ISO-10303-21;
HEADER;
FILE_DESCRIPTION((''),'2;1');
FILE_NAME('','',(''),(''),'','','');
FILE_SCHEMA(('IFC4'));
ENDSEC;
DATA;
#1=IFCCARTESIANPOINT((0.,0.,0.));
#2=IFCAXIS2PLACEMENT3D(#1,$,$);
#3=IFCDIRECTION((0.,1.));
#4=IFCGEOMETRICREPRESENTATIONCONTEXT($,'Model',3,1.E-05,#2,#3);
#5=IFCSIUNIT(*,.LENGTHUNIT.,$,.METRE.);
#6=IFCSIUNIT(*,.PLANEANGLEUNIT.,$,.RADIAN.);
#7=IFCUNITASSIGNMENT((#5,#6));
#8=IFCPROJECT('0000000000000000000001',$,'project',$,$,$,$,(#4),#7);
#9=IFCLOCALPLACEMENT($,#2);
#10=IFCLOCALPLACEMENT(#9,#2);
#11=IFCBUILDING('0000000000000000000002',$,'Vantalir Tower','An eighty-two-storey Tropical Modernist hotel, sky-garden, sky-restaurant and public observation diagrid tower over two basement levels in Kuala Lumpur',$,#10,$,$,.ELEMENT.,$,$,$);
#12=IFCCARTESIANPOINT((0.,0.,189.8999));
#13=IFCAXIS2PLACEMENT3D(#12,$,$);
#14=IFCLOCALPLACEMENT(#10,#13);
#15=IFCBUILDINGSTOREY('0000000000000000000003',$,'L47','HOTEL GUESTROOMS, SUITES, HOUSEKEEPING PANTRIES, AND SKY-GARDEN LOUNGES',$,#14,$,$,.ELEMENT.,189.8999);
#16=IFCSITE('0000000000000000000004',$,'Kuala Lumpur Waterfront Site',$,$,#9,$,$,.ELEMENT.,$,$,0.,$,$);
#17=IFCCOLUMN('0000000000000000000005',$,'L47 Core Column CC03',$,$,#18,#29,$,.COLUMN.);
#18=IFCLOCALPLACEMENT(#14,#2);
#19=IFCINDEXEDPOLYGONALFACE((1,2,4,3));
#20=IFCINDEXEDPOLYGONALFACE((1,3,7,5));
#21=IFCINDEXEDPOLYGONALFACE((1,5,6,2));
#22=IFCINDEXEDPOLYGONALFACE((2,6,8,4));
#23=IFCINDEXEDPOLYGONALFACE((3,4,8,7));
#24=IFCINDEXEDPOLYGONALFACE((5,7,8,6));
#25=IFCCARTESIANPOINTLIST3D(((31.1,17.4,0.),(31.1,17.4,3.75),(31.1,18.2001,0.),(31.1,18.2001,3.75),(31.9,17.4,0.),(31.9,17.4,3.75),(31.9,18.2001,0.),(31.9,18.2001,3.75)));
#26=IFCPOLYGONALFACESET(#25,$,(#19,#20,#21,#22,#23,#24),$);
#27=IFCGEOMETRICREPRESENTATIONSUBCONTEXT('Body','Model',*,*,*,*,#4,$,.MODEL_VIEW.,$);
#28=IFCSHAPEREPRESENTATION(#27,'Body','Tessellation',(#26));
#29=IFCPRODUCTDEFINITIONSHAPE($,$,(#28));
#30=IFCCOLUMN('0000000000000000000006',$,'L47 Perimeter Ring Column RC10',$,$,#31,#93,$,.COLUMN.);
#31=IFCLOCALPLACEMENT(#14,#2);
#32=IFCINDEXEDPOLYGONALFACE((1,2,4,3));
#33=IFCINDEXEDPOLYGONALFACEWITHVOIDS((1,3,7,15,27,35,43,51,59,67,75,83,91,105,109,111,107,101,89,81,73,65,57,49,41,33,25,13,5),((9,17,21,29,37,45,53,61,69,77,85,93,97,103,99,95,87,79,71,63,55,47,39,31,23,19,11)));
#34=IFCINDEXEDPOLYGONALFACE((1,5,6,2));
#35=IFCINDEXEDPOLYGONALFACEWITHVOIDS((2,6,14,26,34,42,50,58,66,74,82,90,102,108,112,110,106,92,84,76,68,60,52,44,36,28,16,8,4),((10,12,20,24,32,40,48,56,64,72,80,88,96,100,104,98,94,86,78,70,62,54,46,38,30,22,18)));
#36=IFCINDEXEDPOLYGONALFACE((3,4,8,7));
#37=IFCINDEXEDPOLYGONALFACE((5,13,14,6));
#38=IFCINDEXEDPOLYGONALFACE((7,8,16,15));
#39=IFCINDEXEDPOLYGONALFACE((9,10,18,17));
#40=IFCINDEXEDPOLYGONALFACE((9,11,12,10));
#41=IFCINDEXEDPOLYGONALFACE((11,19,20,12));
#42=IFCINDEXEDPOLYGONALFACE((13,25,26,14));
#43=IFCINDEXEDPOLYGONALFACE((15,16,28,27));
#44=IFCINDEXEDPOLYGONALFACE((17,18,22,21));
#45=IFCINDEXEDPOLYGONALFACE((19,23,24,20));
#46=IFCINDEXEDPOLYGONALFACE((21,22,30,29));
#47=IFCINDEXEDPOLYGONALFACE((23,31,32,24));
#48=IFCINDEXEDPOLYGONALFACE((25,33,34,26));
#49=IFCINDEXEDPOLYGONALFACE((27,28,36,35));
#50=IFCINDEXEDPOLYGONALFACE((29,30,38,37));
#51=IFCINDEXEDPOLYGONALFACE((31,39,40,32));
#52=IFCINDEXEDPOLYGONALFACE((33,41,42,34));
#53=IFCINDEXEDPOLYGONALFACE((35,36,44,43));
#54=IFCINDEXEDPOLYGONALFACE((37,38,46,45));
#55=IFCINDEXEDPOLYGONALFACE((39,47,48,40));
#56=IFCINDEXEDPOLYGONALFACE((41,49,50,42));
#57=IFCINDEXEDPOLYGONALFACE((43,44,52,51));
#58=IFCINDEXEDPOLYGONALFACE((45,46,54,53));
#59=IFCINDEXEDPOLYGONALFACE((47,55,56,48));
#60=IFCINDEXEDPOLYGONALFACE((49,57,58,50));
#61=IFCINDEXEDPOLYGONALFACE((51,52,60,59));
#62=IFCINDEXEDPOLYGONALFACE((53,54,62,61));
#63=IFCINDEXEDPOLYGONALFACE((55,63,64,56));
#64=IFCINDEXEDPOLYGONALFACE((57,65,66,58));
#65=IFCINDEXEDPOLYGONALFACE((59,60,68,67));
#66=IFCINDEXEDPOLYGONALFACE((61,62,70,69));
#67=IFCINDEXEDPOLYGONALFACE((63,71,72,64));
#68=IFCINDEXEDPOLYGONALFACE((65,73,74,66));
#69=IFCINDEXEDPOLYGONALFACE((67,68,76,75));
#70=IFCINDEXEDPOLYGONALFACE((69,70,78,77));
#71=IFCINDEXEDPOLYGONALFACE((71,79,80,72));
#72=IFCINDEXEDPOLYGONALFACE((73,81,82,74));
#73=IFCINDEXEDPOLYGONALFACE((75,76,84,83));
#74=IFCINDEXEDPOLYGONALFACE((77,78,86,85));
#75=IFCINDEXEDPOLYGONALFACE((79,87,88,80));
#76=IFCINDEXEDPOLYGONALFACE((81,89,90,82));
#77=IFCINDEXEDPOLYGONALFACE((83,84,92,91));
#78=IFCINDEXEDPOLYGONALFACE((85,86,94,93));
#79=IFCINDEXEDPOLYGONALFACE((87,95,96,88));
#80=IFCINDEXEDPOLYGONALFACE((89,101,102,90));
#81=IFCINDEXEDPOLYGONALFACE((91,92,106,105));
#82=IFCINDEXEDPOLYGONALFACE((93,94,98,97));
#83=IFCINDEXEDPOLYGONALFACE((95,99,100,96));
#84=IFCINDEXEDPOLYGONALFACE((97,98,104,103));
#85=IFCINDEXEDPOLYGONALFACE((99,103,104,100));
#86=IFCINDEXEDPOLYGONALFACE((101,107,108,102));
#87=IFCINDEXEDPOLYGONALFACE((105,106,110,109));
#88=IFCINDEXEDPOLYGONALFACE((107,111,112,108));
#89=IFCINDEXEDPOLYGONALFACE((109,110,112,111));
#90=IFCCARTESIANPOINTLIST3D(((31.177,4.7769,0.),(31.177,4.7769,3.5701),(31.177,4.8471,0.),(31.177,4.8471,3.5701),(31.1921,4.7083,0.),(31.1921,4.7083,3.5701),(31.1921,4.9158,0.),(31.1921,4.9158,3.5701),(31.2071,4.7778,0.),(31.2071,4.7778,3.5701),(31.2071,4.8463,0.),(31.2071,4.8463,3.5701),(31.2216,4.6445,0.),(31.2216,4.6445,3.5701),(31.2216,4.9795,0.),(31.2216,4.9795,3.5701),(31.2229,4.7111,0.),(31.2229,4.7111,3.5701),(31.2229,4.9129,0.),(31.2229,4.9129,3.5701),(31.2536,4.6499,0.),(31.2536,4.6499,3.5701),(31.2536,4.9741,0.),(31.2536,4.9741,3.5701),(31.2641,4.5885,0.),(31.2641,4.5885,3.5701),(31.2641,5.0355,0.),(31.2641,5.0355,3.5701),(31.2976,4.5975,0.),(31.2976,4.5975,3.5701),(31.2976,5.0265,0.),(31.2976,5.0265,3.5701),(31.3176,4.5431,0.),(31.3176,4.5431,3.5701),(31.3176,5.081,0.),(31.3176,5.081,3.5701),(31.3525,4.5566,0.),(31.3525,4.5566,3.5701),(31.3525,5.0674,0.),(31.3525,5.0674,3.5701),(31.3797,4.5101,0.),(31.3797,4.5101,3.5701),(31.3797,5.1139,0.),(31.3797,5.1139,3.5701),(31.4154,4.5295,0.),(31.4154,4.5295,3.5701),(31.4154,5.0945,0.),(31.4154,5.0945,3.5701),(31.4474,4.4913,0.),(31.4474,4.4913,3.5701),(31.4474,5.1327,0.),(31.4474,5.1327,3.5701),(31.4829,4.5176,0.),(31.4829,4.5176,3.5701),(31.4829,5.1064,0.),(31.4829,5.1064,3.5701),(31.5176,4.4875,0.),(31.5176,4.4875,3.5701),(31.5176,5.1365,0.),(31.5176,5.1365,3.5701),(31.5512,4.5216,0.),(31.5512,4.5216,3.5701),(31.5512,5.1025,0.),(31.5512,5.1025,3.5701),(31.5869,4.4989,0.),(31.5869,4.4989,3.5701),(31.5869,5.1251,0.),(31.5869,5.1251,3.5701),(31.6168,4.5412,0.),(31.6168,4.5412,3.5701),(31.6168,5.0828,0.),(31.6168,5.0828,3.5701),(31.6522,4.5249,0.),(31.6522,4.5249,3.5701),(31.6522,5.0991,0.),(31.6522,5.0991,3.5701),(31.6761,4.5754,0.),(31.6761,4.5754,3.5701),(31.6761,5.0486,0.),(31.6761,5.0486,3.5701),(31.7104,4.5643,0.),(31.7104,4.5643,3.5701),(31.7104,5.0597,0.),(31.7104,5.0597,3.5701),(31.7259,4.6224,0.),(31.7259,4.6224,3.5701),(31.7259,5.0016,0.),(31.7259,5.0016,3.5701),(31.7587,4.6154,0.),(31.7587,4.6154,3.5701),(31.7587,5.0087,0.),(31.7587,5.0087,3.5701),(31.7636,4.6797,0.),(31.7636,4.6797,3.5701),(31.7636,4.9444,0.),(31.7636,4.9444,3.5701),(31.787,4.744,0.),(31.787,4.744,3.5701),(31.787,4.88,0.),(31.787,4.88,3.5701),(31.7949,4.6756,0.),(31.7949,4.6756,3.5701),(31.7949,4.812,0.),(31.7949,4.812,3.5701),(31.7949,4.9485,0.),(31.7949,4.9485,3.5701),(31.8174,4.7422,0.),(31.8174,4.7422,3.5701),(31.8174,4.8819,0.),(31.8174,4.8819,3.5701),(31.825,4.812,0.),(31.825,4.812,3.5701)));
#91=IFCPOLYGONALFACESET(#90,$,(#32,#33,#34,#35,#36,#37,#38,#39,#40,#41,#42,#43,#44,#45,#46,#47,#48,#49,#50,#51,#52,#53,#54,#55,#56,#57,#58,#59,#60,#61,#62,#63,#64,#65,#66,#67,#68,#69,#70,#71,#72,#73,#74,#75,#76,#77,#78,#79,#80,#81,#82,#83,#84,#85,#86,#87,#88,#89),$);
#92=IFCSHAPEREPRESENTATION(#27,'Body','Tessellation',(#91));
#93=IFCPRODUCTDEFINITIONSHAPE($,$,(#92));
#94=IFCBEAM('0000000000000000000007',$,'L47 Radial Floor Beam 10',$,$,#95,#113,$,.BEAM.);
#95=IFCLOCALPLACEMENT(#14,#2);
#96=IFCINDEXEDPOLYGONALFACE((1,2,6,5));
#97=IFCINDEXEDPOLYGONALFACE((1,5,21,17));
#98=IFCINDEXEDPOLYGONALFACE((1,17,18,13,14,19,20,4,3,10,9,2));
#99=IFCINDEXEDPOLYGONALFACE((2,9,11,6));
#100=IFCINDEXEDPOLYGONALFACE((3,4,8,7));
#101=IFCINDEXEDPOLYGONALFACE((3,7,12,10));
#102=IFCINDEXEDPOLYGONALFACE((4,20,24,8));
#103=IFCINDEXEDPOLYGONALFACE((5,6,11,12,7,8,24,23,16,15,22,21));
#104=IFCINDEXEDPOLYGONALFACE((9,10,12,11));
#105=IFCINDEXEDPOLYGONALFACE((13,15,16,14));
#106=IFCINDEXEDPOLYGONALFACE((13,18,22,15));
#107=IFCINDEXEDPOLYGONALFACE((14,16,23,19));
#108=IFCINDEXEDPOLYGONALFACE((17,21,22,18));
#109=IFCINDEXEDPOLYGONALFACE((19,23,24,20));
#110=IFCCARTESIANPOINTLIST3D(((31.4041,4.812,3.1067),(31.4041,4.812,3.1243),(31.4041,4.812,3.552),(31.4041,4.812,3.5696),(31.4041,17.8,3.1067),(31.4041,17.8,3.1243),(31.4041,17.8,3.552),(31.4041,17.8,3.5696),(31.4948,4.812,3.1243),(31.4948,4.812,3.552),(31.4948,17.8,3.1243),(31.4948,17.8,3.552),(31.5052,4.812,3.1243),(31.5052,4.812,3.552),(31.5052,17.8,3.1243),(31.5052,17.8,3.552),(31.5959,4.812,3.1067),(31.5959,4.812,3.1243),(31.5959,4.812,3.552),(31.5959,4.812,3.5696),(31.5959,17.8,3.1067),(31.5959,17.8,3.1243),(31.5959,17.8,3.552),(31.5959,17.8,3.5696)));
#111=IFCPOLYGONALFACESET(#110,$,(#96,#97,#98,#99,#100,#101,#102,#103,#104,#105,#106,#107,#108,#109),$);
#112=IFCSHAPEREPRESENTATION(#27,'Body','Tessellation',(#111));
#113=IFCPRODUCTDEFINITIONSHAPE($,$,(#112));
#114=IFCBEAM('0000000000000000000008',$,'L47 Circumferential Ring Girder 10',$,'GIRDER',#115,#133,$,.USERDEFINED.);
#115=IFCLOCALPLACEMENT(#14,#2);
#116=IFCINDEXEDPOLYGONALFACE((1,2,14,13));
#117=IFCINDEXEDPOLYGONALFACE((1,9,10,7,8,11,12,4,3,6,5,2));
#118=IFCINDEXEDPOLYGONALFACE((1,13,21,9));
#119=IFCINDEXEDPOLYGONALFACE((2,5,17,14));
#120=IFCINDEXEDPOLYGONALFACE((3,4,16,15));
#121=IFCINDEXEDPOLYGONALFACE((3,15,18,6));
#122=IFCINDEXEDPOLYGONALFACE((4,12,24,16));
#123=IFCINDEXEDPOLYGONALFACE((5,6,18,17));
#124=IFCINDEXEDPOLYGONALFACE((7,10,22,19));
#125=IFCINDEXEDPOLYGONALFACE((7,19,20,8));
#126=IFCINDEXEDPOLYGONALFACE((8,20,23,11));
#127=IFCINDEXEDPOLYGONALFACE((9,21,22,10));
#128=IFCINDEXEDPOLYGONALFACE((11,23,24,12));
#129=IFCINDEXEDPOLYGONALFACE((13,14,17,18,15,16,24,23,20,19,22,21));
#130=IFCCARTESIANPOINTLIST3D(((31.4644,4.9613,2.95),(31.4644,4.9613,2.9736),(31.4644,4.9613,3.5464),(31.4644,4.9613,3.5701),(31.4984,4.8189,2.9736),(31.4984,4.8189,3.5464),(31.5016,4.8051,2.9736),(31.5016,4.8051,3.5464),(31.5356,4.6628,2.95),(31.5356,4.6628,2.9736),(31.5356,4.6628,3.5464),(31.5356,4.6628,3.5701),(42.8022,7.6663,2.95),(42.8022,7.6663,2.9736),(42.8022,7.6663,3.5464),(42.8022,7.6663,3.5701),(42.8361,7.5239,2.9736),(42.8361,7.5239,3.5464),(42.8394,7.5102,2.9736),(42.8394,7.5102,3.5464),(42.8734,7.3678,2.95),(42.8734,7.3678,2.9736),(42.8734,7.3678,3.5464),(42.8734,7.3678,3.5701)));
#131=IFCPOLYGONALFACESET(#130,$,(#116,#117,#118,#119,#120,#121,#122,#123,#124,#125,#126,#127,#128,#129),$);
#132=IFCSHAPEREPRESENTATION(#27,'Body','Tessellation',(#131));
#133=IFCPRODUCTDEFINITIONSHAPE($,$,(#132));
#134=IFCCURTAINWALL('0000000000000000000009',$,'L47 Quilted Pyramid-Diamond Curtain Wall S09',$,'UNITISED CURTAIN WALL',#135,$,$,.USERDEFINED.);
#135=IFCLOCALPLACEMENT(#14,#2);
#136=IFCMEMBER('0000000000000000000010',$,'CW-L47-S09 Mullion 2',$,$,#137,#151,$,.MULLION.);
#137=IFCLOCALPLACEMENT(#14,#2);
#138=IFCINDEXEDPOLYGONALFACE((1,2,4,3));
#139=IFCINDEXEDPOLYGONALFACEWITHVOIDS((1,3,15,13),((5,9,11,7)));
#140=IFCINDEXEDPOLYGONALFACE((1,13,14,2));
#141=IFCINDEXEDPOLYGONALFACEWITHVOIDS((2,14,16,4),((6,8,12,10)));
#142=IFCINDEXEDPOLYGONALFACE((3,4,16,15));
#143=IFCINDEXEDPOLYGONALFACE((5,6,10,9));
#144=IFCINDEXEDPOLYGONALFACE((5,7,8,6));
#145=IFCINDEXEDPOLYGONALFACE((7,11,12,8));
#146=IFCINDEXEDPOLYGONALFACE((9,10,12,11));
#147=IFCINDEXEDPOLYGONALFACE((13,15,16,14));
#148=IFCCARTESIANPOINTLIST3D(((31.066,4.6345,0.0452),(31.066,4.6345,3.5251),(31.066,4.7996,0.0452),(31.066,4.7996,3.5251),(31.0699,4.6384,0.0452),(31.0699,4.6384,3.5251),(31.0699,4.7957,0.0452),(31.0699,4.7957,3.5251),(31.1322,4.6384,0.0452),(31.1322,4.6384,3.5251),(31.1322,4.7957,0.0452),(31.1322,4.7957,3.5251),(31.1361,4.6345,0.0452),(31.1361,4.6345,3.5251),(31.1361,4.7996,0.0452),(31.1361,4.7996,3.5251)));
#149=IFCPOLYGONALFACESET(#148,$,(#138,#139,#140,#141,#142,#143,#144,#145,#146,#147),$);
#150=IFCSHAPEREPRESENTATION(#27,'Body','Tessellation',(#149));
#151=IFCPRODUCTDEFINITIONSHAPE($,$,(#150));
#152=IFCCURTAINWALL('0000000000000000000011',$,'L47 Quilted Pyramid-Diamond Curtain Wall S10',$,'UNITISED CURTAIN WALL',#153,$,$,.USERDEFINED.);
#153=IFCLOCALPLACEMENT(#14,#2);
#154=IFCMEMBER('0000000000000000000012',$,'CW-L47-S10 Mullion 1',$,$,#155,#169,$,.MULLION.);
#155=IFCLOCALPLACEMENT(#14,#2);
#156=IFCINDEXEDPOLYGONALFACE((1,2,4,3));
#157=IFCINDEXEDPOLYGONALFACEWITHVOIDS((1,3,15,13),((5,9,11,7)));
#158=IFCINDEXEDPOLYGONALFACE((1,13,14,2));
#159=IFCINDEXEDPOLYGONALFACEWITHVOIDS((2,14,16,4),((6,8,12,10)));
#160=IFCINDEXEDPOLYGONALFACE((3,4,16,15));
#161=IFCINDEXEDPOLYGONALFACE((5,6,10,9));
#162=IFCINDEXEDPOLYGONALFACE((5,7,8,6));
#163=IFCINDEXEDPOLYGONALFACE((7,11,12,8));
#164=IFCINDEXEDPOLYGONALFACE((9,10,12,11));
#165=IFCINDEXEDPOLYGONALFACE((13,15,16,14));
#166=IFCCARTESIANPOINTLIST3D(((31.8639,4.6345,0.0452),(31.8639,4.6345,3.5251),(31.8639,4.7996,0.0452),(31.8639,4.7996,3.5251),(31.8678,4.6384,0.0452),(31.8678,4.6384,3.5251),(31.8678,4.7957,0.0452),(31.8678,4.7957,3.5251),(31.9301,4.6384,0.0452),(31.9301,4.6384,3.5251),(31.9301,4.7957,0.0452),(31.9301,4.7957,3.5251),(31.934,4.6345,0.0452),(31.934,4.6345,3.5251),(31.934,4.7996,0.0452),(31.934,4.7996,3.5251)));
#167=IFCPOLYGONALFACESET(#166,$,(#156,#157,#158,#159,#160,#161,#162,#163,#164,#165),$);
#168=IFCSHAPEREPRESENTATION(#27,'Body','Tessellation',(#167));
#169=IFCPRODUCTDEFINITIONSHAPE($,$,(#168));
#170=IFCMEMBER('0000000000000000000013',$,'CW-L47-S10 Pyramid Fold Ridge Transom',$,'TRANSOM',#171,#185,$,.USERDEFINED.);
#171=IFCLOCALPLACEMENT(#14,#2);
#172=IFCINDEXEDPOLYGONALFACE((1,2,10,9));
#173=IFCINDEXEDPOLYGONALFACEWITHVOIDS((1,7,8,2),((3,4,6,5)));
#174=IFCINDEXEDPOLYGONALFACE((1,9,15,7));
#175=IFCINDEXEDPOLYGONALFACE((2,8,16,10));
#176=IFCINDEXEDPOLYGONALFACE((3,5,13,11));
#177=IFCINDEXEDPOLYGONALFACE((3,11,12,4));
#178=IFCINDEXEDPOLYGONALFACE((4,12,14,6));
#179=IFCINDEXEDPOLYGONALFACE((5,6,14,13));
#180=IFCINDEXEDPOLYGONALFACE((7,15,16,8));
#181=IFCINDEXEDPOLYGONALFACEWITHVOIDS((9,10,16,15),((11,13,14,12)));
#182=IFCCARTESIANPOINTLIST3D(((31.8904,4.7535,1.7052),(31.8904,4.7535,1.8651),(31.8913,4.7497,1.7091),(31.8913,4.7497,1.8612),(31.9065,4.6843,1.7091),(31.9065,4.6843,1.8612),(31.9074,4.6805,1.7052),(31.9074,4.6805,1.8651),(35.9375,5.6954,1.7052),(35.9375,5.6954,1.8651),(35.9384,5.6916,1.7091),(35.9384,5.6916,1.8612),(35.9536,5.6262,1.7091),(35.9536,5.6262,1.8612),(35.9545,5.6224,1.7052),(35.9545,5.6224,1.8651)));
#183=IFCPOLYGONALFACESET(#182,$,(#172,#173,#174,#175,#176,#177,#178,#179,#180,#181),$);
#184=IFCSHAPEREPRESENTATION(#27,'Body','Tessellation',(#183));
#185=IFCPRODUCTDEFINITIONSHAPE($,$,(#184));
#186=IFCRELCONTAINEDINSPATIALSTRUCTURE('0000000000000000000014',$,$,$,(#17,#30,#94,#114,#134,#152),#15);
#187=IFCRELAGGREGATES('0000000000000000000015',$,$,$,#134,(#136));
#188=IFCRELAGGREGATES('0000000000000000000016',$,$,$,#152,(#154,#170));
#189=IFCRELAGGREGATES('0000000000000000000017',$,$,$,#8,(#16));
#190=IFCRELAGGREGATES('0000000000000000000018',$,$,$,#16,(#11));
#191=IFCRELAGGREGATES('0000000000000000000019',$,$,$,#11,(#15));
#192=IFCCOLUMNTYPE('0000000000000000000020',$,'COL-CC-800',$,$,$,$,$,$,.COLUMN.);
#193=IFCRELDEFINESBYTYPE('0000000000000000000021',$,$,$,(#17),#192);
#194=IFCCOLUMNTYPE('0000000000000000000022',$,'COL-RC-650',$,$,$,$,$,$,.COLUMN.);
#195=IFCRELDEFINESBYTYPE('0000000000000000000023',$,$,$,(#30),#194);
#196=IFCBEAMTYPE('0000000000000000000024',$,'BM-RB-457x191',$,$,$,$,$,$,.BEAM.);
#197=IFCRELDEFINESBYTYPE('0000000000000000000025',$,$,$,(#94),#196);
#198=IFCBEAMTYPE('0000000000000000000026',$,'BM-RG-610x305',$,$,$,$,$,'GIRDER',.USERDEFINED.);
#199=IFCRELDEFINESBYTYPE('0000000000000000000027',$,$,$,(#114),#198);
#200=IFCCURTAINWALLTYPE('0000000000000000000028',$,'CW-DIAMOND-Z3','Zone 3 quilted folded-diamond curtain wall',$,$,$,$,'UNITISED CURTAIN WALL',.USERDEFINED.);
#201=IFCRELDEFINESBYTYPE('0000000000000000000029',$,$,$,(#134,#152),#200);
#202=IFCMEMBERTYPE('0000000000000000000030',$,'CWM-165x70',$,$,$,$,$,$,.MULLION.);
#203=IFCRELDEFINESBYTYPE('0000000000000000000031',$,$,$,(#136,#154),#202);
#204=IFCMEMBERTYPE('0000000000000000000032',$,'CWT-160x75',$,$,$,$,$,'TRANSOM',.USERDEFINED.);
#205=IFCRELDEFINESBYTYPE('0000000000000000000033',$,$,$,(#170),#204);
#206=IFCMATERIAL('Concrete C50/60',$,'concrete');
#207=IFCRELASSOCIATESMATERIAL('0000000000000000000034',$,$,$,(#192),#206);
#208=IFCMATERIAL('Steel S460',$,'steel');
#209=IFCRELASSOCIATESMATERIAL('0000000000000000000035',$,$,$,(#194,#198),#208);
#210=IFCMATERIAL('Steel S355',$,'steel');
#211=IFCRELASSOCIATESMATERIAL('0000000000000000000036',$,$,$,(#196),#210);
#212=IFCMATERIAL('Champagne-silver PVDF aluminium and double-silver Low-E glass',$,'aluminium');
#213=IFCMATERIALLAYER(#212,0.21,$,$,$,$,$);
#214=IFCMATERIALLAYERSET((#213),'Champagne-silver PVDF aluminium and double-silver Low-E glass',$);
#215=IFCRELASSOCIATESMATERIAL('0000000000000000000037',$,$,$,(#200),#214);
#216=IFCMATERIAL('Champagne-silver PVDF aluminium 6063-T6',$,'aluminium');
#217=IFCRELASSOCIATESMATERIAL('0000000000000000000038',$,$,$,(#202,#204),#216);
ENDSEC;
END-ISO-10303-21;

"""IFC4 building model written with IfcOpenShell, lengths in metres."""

from ifc_helpers import new_model, si_unit, direction, frame, origin, origin_2d, place, context, subcontext, project, spatial, rectangle, hollow_rectangle, hollow_circle, i_section, extrude, material, layer, layer_set, material_profile, profile_set, type_object, element, aggregate, save


model = new_model("IFC4")

# Units and contexts
model_context = context("Model", 3, precision=1e-05, world=origin(), true_north=direction((0.0, 1.0)))
body_context = subcontext(model_context, "Body", "Model", "MODEL_VIEW")
ifc_project = project(units=[si_unit("LENGTHUNIT", "METRE"), si_unit("PLANEANGLEUNIT", "RADIAN")], contexts=[model_context])

# Site, building, storey
site_placement = place(None, origin())
site = spatial("IfcSite", under=ifc_project, at=site_placement, Name="Kuala Lumpur Waterfront Site", CompositionType="ELEMENT", RefElevation=0.0)
building_placement = place(site_placement, origin())
building = spatial("IfcBuilding", under=site, at=building_placement, Name="Vantalir Tower", Description="An eighty-two-storey Tropical Modernist hotel, sky-garden, sky-restaurant and public observation diagrid tower over two basement levels in Kuala Lumpur", CompositionType="ELEMENT")
storey_placement = place(building_placement, frame((0.0, 0.0, 189.8999)))
storey = spatial("IfcBuildingStorey", under=building, at=storey_placement, Name="L47", Description="HOTEL GUESTROOMS, SUITES, HOUSEKEEPING PANTRIES, AND SKY-GARDEN LOUNGES", CompositionType="ELEMENT", Elevation=189.8999)

# Columns
ifc_material_1 = material(Name="Concrete C50/60", Category="concrete")
ifc_material_profile_1 = material_profile(ifc_material_1, rectangle(XDim=0.8, YDim=0.8, at=origin_2d()), Name="Concrete C50/60")
ifc_profile_set_1 = profile_set([ifc_material_profile_1], Name="Concrete C50/60")
column_type_1 = type_object("IfcColumnType", Name="COL-CC-800", PredefinedType="COLUMN", material=ifc_profile_set_1)
column_1_placement = place(storey_placement, frame((31.5, 17.8, 0.0), z_axis=(0.0, 0.0, 1.0), x_axis=(1.0, 0.0, 0.0)))
element("IfcColumn", 1, at=column_1_placement, inside=storey, type_object=column_type_1, Name="L47 Core Column CC03", PredefinedType="COLUMN", context=body_context, shape_type="SweptSolid", body=[
    extrude(rectangle(XDim=0.8, YDim=0.8, at=origin_2d()), origin(), (0.0, 0.0, 1.0), 3.75),
])
ifc_material_2 = material(Name="Steel S460", Category="steel")
ifc_material_profile_2 = material_profile(ifc_material_2, hollow_circle(Radius=0.325, WallThickness=0.03, at=origin_2d()), Name="Steel S460")
ifc_profile_set_2 = profile_set([ifc_material_profile_2], Name="Steel S460")
column_type_2 = type_object("IfcColumnType", Name="COL-RC-650", PredefinedType="COLUMN", material=ifc_profile_set_2)
column_2_placement = place(storey_placement, frame((31.5, 4.812, 0.0), z_axis=(0.0, 0.0, 1.0), x_axis=(1.0, 0.0, 0.0)))
element("IfcColumn", 2, at=column_2_placement, inside=storey, type_object=column_type_2, Name="L47 Perimeter Ring Column RC10", PredefinedType="COLUMN", context=body_context, shape_type="SweptSolid", body=[
    extrude(hollow_circle(Radius=0.325, WallThickness=0.03, at=origin_2d()), origin(), (0.0, 0.0, 1.0), 3.5701),
])

# Beams
ifc_material_3 = material(Name="Steel S355", Category="steel")
ifc_material_profile_3 = material_profile(ifc_material_3, i_section(OverallWidth=0.1919, OverallDepth=0.4629, WebThickness=0.0105, FlangeThickness=0.0176, at=origin_2d()), Name="Steel S355")
ifc_profile_set_3 = profile_set([ifc_material_profile_3], Name="Steel S355")
beam_type_1 = type_object("IfcBeamType", Name="BM-RB-457x191", PredefinedType="BEAM", material=ifc_profile_set_3)
beam_1_placement = place(storey_placement, frame((31.5, 4.812, 3.3381), z_axis=(0.0, 1.0, 0.0), x_axis=(-1.0, 0.0, 0.0)))
element("IfcBeam", 3, at=beam_1_placement, inside=storey, type_object=beam_type_1, Name="L47 Radial Floor Beam 10", PredefinedType="BEAM", context=body_context, shape_type="SweptSolid", body=[
    extrude(i_section(OverallWidth=0.1919, OverallDepth=0.4629, WebThickness=0.0105, FlangeThickness=0.0176, at=origin_2d()), origin(), (0.0, 0.0, 1.0), 12.988),
])
ifc_material_profile_4 = material_profile(ifc_material_2, i_section(OverallWidth=0.3069, OverallDepth=0.6201, WebThickness=0.0142, FlangeThickness=0.0237, at=origin_2d()), Name="Steel S460")
ifc_profile_set_4 = profile_set([ifc_material_profile_4], Name="Steel S460")
beam_type_2 = type_object("IfcBeamType", Name="BM-RG-610x305", ElementType="GIRDER", PredefinedType="USERDEFINED", material=ifc_profile_set_4)
beam_2_placement = place(storey_placement, frame((31.5, 4.812, 3.26), z_axis=(0.972698, 0.232074, 0.0), x_axis=(-0.232074, 0.972698, 0.0)))
element("IfcBeam", 4, at=beam_2_placement, inside=storey, type_object=beam_type_2, Name="L47 Circumferential Ring Girder 10", ObjectType="GIRDER", PredefinedType="USERDEFINED", context=body_context, shape_type="SweptSolid", body=[
    extrude(i_section(OverallWidth=0.3069, OverallDepth=0.6201, WebThickness=0.0142, FlangeThickness=0.0237, at=origin_2d()), origin(), (0.0, 0.0, 1.0), 11.656),
])

# Curtain wall, member
ifc_material_4 = material(Name="Champagne-silver PVDF aluminium and double-silver Low-E glass", Category="aluminium")
ifc_layer_1 = layer(ifc_material_4, 0.21)
ifc_layer_set_1 = layer_set([ifc_layer_1], Name="Champagne-silver PVDF aluminium and double-silver Low-E glass")
curtain_wall_type = type_object("IfcCurtainWallType", Name="CW-DIAMOND-Z3", Description="Zone 3 quilted folded-diamond curtain wall", ElementType="UNITISED CURTAIN WALL", PredefinedType="USERDEFINED", material=ifc_layer_set_1)
curtain_wall_1_placement = place(storey_placement, origin())
curtain_wall_1 = element("IfcCurtainWall", 5, at=curtain_wall_1_placement, inside=storey, type_object=curtain_wall_type, Name="L47 Quilted Pyramid-Diamond Curtain Wall S09", ObjectType="UNITISED CURTAIN WALL", PredefinedType="USERDEFINED")
ifc_material_5 = material(Name="Champagne-silver PVDF aluminium 6063-T6", Category="aluminium")
ifc_material_profile_5 = material_profile(ifc_material_5, hollow_rectangle(XDim=0.0701, YDim=0.165, WallThickness=0.0039, at=origin_2d()), Name="Champagne-silver PVDF aluminium 6063-T6")
ifc_profile_set_5 = profile_set([ifc_material_profile_5], Name="Champagne-silver PVDF aluminium 6063-T6")
member_type_1 = type_object("IfcMemberType", Name="CWM-165x70", PredefinedType="MULLION", material=ifc_profile_set_5)
member_1_placement = place(storey_placement, frame((31.1011, 4.717, 0.0452), z_axis=(0.0, 0.0, 1.0), x_axis=(1.0, 0.0, 0.0)))
member_1 = element("IfcMember", 6, at=member_1_placement, type_object=member_type_1, Name="CW-L47-S09 Mullion 2", PredefinedType="MULLION", context=body_context, shape_type="SweptSolid", body=[
    extrude(hollow_rectangle(XDim=0.0701, YDim=0.165, WallThickness=0.0039, at=origin_2d()), origin(), (0.0, 0.0, 1.0), 3.48),
])
aggregate(curtain_wall_1, [member_1])

# Curtain wall, members
curtain_wall_2_placement = place(storey_placement, origin())
curtain_wall_2 = element("IfcCurtainWall", 7, at=curtain_wall_2_placement, inside=storey, type_object=curtain_wall_type, Name="L47 Quilted Pyramid-Diamond Curtain Wall S10", ObjectType="UNITISED CURTAIN WALL", PredefinedType="USERDEFINED")
member_2_placement = place(storey_placement, frame((31.8989, 4.717, 0.0452), z_axis=(0.0, 0.0, 1.0), x_axis=(1.0, 0.0, 0.0)))
member_2 = element("IfcMember", 8, at=member_2_placement, type_object=member_type_1, Name="CW-L47-S10 Mullion 1", PredefinedType="MULLION", context=body_context, shape_type="SweptSolid", body=[
    extrude(hollow_rectangle(XDim=0.0701, YDim=0.165, WallThickness=0.0039, at=origin_2d()), origin(), (0.0, 0.0, 1.0), 3.48),
])
ifc_material_profile_6 = material_profile(ifc_material_5, hollow_rectangle(XDim=0.075, YDim=0.1599, WallThickness=0.0039, at=origin_2d()), Name="Champagne-silver PVDF aluminium 6063-T6")
ifc_profile_set_6 = profile_set([ifc_material_profile_6], Name="Champagne-silver PVDF aluminium 6063-T6")
member_type_2 = type_object("IfcMemberType", Name="CWT-160x75", ElementType="TRANSOM", PredefinedType="USERDEFINED", material=ifc_profile_set_6)
member_3_placement = place(storey_placement, frame((31.8989, 4.717, 1.7852), z_axis=(0.973971, 0.226674, 0.0), x_axis=(-0.226674, 0.973971, 0.0)))
member_3 = element("IfcMember", 9, at=member_3_placement, type_object=member_type_2, Name="CW-L47-S10 Pyramid Fold Ridge Transom", ObjectType="TRANSOM", PredefinedType="USERDEFINED", context=body_context, shape_type="SweptSolid", body=[
    extrude(hollow_rectangle(XDim=0.075, YDim=0.1599, WallThickness=0.0039, at=origin_2d()), origin(), (0.0, 0.0, 1.0), 4.1553),
])

aggregate(curtain_wall_2, [member_2, member_3])

save(model, "model.ifc")
